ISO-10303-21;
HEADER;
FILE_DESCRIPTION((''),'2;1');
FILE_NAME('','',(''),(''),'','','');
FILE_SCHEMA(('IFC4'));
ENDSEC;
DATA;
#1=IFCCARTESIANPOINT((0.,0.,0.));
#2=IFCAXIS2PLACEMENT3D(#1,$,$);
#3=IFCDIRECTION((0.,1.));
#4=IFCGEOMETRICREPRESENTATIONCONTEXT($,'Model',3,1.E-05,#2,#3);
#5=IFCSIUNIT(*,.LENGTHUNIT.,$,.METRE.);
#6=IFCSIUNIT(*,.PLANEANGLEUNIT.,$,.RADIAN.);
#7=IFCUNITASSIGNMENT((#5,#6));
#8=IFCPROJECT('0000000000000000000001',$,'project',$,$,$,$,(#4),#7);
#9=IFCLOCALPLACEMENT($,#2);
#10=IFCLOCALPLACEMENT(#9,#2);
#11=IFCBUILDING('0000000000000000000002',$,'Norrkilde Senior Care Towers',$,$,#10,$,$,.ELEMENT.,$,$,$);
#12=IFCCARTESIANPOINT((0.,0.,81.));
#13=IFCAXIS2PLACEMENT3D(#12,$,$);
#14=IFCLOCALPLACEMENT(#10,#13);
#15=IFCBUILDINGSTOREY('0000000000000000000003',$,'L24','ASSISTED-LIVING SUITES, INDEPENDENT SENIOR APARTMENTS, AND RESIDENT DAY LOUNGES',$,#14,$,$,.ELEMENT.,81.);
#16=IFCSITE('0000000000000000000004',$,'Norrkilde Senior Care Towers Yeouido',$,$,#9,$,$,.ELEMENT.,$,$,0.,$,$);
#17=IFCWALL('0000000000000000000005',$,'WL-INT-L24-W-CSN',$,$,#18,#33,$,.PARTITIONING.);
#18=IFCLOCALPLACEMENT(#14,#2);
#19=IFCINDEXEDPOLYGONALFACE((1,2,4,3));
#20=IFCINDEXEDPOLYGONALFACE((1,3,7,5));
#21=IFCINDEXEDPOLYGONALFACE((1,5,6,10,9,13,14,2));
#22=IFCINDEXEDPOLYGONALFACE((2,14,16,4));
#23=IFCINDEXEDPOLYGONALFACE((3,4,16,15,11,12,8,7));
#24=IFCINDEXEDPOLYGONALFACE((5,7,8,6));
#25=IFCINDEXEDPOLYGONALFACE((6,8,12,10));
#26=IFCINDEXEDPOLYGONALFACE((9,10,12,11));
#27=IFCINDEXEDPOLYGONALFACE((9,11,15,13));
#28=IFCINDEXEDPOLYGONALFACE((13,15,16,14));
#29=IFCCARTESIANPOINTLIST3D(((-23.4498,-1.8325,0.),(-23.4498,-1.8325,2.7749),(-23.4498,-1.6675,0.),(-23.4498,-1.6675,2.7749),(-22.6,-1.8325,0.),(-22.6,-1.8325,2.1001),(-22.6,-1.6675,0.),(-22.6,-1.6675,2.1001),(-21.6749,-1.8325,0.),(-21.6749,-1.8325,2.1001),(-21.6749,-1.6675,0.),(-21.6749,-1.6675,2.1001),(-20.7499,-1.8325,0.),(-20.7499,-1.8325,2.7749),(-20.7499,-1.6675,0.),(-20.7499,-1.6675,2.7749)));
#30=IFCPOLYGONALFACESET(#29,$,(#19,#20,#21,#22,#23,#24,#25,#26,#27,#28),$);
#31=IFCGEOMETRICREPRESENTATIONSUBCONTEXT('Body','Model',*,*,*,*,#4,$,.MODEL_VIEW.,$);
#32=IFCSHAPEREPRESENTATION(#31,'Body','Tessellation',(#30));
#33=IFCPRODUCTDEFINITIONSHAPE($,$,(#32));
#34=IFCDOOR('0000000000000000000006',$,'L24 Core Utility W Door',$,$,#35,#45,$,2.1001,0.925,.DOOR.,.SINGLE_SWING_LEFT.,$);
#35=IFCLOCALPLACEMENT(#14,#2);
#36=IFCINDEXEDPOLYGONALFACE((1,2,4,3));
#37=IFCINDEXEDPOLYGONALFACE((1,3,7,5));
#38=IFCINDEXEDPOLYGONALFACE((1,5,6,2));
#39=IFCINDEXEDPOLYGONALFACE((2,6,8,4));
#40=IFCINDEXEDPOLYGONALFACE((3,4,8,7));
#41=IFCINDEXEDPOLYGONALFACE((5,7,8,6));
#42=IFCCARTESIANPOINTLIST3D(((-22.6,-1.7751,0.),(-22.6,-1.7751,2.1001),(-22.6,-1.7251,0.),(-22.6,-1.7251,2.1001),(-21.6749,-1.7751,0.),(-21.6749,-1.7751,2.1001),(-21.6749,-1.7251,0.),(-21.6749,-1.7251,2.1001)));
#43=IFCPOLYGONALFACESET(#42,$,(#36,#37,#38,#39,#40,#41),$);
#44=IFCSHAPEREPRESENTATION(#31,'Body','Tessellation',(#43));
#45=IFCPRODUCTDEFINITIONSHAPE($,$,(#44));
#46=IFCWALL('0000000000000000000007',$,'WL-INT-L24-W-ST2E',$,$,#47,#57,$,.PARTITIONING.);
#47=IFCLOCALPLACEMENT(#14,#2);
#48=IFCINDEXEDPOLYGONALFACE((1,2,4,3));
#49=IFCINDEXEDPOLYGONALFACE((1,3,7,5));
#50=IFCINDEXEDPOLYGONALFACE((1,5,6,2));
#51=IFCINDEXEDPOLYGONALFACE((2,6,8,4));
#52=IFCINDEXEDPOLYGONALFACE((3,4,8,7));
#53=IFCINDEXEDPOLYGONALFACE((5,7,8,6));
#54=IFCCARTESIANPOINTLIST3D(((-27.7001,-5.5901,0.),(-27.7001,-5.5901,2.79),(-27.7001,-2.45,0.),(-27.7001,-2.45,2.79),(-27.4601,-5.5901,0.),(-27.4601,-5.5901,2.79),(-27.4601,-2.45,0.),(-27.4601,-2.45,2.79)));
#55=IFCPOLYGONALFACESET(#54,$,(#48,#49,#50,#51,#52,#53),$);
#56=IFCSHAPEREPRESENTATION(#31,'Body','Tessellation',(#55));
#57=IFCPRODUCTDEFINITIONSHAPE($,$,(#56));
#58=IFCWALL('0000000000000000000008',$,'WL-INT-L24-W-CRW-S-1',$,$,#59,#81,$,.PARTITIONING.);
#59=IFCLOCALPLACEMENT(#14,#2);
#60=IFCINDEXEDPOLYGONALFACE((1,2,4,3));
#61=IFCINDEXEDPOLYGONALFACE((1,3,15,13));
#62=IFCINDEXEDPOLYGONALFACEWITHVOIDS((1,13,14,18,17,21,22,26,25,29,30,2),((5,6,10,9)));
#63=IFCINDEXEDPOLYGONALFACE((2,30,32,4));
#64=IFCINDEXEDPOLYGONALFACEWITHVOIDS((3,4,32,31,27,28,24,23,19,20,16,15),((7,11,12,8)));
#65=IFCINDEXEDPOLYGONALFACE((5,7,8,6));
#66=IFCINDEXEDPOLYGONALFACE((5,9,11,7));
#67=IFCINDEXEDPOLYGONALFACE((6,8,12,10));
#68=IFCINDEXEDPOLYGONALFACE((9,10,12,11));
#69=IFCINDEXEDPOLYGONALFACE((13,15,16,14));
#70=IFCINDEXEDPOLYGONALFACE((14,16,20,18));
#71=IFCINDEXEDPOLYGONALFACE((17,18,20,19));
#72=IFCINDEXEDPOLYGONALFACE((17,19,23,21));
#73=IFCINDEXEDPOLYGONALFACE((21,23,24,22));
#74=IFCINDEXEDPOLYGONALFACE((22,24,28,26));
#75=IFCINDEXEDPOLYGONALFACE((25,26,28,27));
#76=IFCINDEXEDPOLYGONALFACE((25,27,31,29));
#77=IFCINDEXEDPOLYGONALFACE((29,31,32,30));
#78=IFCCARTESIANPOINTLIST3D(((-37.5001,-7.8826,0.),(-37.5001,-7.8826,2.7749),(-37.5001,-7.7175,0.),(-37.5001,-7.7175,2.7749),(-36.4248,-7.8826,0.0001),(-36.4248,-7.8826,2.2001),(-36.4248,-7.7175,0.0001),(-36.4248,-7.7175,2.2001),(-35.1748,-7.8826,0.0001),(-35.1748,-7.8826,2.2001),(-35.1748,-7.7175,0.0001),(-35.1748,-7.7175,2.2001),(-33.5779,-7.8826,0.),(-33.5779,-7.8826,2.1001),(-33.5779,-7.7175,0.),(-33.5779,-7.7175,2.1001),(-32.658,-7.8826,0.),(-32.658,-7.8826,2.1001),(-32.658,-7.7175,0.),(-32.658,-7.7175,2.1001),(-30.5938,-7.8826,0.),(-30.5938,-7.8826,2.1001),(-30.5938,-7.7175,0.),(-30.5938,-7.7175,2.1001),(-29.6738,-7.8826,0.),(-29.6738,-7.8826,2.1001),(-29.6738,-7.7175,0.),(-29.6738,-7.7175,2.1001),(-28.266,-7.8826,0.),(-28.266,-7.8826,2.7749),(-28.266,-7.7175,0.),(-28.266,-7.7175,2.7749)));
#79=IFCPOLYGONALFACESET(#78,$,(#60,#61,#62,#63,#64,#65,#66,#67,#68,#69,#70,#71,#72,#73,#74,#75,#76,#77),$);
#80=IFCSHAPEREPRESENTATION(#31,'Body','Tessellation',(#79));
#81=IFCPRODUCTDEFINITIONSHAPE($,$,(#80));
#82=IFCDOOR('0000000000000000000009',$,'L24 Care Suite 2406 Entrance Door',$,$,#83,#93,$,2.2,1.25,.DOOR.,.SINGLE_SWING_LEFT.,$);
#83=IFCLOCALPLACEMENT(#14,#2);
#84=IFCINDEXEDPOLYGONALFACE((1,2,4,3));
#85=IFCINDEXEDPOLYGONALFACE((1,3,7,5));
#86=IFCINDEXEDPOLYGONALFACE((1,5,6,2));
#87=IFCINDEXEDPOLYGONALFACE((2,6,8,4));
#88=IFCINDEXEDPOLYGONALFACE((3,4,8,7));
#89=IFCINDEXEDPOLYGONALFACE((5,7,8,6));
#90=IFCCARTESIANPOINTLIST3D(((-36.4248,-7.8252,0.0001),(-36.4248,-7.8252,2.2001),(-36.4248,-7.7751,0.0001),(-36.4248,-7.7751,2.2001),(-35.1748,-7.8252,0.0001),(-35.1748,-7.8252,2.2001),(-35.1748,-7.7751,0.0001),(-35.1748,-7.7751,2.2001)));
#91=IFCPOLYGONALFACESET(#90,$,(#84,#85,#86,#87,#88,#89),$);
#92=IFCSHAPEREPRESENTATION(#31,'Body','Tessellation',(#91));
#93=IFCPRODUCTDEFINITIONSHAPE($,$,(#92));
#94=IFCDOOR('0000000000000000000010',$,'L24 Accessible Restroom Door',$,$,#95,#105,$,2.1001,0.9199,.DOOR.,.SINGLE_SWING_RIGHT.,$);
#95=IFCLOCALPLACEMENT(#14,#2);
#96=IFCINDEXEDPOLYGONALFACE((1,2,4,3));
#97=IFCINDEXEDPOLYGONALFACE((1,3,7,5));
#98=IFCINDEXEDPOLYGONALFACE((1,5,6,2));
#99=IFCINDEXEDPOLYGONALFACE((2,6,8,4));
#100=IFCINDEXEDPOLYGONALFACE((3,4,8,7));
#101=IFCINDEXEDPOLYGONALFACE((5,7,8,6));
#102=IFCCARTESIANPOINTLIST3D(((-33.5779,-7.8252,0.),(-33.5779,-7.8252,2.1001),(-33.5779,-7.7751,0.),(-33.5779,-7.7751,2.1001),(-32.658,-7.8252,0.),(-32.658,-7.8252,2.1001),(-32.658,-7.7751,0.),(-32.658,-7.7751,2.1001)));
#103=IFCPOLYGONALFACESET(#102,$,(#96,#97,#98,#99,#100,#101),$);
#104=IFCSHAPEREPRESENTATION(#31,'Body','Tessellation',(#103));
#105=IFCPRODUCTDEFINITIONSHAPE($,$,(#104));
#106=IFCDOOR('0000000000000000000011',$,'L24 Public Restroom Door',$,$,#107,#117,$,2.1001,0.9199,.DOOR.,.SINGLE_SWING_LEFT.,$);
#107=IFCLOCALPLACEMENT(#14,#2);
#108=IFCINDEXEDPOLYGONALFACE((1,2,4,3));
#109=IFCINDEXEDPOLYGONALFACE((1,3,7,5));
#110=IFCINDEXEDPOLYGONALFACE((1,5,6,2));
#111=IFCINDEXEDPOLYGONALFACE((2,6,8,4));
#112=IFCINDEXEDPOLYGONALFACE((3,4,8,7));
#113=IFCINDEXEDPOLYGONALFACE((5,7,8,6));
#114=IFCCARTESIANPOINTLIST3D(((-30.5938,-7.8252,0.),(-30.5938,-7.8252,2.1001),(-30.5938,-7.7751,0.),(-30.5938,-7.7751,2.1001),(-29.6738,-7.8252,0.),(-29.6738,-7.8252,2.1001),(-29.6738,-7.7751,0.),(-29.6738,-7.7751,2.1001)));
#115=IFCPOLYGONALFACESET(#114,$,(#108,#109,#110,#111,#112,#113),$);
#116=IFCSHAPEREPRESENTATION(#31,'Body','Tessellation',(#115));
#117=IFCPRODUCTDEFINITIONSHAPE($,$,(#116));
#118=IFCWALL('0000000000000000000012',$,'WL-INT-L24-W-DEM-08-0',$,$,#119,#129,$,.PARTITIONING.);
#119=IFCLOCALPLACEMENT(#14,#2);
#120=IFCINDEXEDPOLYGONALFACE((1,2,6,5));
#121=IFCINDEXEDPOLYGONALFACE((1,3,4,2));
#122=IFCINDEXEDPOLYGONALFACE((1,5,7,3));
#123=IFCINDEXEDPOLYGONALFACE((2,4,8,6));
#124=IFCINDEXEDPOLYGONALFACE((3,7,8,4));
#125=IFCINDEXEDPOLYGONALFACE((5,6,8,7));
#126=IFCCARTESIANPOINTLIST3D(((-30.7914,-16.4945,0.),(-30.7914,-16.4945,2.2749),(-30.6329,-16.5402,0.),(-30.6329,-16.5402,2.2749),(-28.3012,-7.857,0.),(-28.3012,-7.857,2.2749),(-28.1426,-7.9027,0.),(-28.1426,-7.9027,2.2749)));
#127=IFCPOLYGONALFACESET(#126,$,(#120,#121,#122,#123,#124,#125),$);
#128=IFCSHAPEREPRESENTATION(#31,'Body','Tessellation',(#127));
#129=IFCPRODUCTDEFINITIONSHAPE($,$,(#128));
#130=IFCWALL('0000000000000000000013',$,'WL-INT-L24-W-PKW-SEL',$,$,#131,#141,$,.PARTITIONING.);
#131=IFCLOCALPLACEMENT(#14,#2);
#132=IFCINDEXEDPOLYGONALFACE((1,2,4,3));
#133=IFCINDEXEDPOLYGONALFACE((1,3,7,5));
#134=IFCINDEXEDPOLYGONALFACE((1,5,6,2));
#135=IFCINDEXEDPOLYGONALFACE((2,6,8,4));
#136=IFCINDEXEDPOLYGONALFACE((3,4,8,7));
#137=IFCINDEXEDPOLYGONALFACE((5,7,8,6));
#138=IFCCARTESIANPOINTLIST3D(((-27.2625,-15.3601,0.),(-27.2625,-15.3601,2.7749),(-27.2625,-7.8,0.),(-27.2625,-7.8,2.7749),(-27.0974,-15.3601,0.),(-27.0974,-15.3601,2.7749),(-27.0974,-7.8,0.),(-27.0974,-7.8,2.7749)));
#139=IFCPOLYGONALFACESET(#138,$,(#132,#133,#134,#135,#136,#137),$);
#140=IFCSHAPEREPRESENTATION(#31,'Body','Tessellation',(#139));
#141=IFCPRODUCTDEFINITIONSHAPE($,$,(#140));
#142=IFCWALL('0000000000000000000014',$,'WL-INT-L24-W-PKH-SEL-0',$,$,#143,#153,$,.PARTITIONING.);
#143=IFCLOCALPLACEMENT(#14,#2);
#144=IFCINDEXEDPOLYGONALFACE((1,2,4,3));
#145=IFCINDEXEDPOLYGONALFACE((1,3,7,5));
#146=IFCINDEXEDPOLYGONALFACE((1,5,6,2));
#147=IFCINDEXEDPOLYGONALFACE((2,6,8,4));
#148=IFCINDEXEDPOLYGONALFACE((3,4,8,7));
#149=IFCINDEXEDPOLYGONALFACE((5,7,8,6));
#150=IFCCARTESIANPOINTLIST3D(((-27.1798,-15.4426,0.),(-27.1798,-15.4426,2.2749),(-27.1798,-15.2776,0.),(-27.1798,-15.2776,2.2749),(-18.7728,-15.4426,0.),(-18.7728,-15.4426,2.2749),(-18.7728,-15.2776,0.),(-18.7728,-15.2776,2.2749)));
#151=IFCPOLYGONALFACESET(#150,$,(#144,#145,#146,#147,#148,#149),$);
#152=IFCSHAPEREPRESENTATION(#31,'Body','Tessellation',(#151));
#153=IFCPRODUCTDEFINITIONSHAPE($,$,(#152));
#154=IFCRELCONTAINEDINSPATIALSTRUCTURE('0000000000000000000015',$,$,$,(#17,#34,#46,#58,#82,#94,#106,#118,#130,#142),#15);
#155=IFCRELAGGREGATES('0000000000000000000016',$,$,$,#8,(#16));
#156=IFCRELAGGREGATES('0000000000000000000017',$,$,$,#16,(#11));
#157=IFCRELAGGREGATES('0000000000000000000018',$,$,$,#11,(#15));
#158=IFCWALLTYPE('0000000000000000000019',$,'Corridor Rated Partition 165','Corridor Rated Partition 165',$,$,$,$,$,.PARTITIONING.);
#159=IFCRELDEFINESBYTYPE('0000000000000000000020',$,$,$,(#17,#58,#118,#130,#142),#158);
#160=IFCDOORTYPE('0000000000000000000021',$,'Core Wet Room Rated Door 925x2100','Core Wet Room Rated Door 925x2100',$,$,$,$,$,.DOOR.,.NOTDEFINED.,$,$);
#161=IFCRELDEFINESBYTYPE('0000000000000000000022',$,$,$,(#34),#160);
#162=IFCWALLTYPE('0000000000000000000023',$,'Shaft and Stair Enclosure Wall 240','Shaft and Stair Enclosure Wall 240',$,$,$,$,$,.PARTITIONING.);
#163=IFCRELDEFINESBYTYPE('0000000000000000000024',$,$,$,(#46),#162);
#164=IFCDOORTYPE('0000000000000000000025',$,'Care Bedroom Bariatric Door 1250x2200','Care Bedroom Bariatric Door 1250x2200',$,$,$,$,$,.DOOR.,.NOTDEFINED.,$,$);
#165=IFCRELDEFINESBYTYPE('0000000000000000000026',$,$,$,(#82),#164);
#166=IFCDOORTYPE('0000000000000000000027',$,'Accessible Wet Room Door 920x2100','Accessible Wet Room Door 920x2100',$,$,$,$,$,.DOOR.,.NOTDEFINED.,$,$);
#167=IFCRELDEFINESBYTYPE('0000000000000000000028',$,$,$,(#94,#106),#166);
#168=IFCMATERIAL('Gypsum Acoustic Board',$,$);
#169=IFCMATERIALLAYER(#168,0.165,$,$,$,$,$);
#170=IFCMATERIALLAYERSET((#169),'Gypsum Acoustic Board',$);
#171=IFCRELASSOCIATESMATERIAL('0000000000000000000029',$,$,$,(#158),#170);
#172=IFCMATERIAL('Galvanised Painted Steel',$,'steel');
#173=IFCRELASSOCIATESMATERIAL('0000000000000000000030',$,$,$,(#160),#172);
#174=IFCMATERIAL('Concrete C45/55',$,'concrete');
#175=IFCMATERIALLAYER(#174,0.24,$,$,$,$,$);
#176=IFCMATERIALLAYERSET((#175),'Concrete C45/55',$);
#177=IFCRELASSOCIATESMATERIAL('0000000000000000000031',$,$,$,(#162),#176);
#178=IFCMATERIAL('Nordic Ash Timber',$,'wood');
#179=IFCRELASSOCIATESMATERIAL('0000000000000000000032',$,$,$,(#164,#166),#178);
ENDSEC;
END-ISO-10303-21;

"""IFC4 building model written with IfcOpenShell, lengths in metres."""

from ifc_helpers import new_model, si_unit, direction, frame, frame_2d, origin, place, context, subcontext, project, spatial, rectangle, extrude, source, transform, mapped, material, layer, layer_set, type_object, type_shapes, element, fill, save


model = new_model("IFC4")

# Units and contexts
model_context = context("Model", 3, precision=1e-05, world=origin(), true_north=direction((0.0, 1.0)))
body_context = subcontext(model_context, "Body", "Model", "MODEL_VIEW")
ifc_project = project(units=[si_unit("LENGTHUNIT", "METRE"), si_unit("PLANEANGLEUNIT", "RADIAN")], contexts=[model_context])

# Site, building, storey
site_placement = place(None, origin())
site = spatial("IfcSite", under=ifc_project, at=site_placement, Name="Norrkilde Senior Care Towers Yeouido", CompositionType="ELEMENT", RefElevation=0.0)
building_placement = place(site_placement, origin())
building = spatial("IfcBuilding", under=site, at=building_placement, Name="Norrkilde Senior Care Towers", CompositionType="ELEMENT")
storey_placement = place(building_placement, frame((0.0, 0.0, 81.0)))
storey = spatial("IfcBuildingStorey", under=building, at=storey_placement, Name="L24", Description="ASSISTED-LIVING SUITES, INDEPENDENT SENIOR APARTMENTS, AND RESIDENT DAY LOUNGES", CompositionType="ELEMENT", Elevation=81.0)

# Shared definitions
ifc_material_1 = material(Name="Concrete C45/55", Category="concrete")

# Wall, opening, door
ifc_material_2 = material(Name="Gypsum Acoustic Board")
ifc_layer_1 = layer(ifc_material_2, 0.165)
ifc_layer_set_1 = layer_set([ifc_layer_1], Name="Gypsum Acoustic Board")
wall_type_1 = type_object("IfcWallType", Name="Corridor Rated Partition 165", Description="Corridor Rated Partition 165", PredefinedType="PARTITIONING", material=ifc_layer_set_1)
shared_shape_1 = source(origin(), body_context, "Body", "SweptSolid", [
    extrude(rectangle(XDim=2.7, YDim=0.165, at=frame_2d((1.3501, 0.0))), origin(), (0.0, 0.0, 1.0), 2.7749),
])
wall_1_placement = place(storey_placement, frame((-23.45, -1.75, 0.0), z_axis=(0.0, 0.0, 1.0), x_axis=(1.0, 0.0, 0.0)))
wall_1 = element("IfcWall", 1, at=wall_1_placement, inside=storey, type_object=wall_type_1, Name="WL-INT-L24-W-CSN", PredefinedType="PARTITIONING", context=body_context, shape_type="MappedRepresentation", body=[
    mapped(shared_shape_1, transform((0.0, 0.0, 0.0), x_axis=(1.0, 0.0, 0.0), y_axis=(0.0, 1.0, 0.0), z_axis=(0.0, 0.0, 1.0), scale=1.0)),
])
opening_1_placement = place(wall_1_placement, frame((0.8501, 0.0, 0.0)))
opening_1 = element("IfcOpeningElement", 2, at=opening_1_placement, cuts=wall_1, PredefinedType="OPENING", context=body_context, shape_type="SweptSolid", body=[
    extrude(rectangle(XDim=0.925, YDim=2.1001, at=frame_2d((0.4624, 1.05))), frame((0.0, 0.0925, 0.0), z_axis=(0.0, -1.0, 0.0), x_axis=(1.0, 0.0, 0.0)), (0.0, 0.0, 1.0), 0.1851),
])
ifc_material_3 = material(Name="Galvanised Painted Steel", Category="steel")
door_type_1 = type_object("IfcDoorType", Name="Core Wet Room Rated Door 925x2100", Description="Core Wet Room Rated Door 925x2100", OperationType="NOTDEFINED", PredefinedType="DOOR", material=ifc_material_3)
shared_shape_2 = source(origin(), body_context, "Body", "SweptSolid", [
    extrude(rectangle(XDim=0.925, YDim=2.1001, at=frame_2d((0.4624, 1.05))), frame((0.0, 0.0249, 0.0), z_axis=(0.0, -1.0, 0.0), x_axis=(1.0, 0.0, 0.0)), (0.0, 0.0, 1.0), 0.05),
])
type_shapes(door_type_1, [shared_shape_2])
door_1_placement = place(opening_1_placement, origin())
door_1 = element("IfcDoor", 3, at=door_1_placement, inside=storey, type_object=door_type_1, Name="L24 Core Utility W Door", OperationType="SINGLE_SWING_LEFT", OverallHeight=2.1001, OverallWidth=0.925, PredefinedType="DOOR", context=body_context, shape_type="MappedRepresentation", body=[
    mapped(shared_shape_2, transform((0.0, 0.0, 0.0), x_axis=(1.0, 0.0, 0.0), y_axis=(0.0, 1.0, 0.0), z_axis=(0.0, 0.0, 1.0), scale=1.0)),
])
fill(opening_1, door_1)

# Wall
ifc_layer_2 = layer(ifc_material_1, 0.24)
ifc_layer_set_2 = layer_set([ifc_layer_2], Name="Concrete C45/55")
wall_type_2 = type_object("IfcWallType", Name="Shaft and Stair Enclosure Wall 240", Description="Shaft and Stair Enclosure Wall 240", PredefinedType="PARTITIONING", material=ifc_layer_set_2)
shared_shape_3 = source(origin(), body_context, "Body", "SweptSolid", [
    extrude(rectangle(XDim=3.1401, YDim=0.24, at=frame_2d((1.5701, 0.0))), origin(), (0.0, 0.0, 1.0), 2.79),
])
type_shapes(wall_type_2, [shared_shape_3])
wall_2_placement = place(storey_placement, frame((-27.5801, -5.5901, 0.0), z_axis=(0.0, 0.0, 1.0), x_axis=(0.0, 1.0, 0.0)))
element("IfcWall", 4, at=wall_2_placement, inside=storey, type_object=wall_type_2, Name="WL-INT-L24-W-ST2E", PredefinedType="PARTITIONING", context=body_context, shape_type="MappedRepresentation", body=[
    mapped(shared_shape_3, transform((0.0, 0.0, 0.0), x_axis=(1.0, 0.0, 0.0), y_axis=(0.0, 1.0, 0.0), z_axis=(0.0, 0.0, 1.0), scale=1.0)),
])

# Wall, openings, doors
shared_shape_4 = source(origin(), body_context, "Body", "SweptSolid", [
    extrude(rectangle(XDim=9.2341, YDim=0.165, at=frame_2d((4.6172, 0.0))), origin(), (0.0, 0.0, 1.0), 2.7749),
])
wall_3_placement = place(storey_placement, frame((-28.2659, -7.8, 0.0), z_axis=(0.0, 0.0, 1.0), x_axis=(-1.0, 0.0, 0.0)))
wall_3 = element("IfcWall", 5, at=wall_3_placement, inside=storey, type_object=wall_type_1, Name="WL-INT-L24-W-CRW-S-1", PredefinedType="PARTITIONING", context=body_context, shape_type="MappedRepresentation", body=[
    mapped(shared_shape_4, transform((0.0, 0.0, 0.0), x_axis=(1.0, 0.0, 0.0), y_axis=(0.0, 1.0, 0.0), z_axis=(0.0, 0.0, 1.0), scale=1.0)),
])
opening_2_placement = place(wall_3_placement, frame((6.9089, 0.0, 0.0)))
opening_2 = element("IfcOpeningElement", 6, at=opening_2_placement, cuts=wall_3, PredefinedType="OPENING", context=body_context, shape_type="SweptSolid", body=[
    extrude(rectangle(XDim=1.25, YDim=2.2, at=frame_2d((0.625, 1.1001))), frame((0.0, 0.0925, 0.0), z_axis=(0.0, -1.0, 0.0), x_axis=(1.0, 0.0, 0.0)), (0.0, 0.0, 1.0), 0.1851),
])
opening_3_placement = place(wall_3_placement, frame((4.3921, 0.0, 0.0)))
opening_3 = element("IfcOpeningElement", 7, at=opening_3_placement, cuts=wall_3, PredefinedType="OPENING", context=body_context, shape_type="SweptSolid", body=[
    extrude(rectangle(XDim=0.9199, YDim=2.1001, at=frame_2d((0.46, 1.05))), frame((0.0, 0.0925, 0.0), z_axis=(0.0, -1.0, 0.0), x_axis=(1.0, 0.0, 0.0)), (0.0, 0.0, 1.0), 0.1851),
])
opening_4_placement = place(wall_3_placement, frame((1.408, 0.0, 0.0)))
opening_4 = element("IfcOpeningElement", 8, at=opening_4_placement, cuts=wall_3, PredefinedType="OPENING", context=body_context, shape_type="SweptSolid", body=[
    extrude(rectangle(XDim=0.9199, YDim=2.1001, at=frame_2d((0.46, 1.05))), frame((0.0, 0.0925, 0.0), z_axis=(0.0, -1.0, 0.0), x_axis=(1.0, 0.0, 0.0)), (0.0, 0.0, 1.0), 0.1851),
])
ifc_material_4 = material(Name="Nordic Ash Timber", Category="wood")
door_type_2 = type_object("IfcDoorType", Name="Care Bedroom Bariatric Door 1250x2200", Description="Care Bedroom Bariatric Door 1250x2200", OperationType="NOTDEFINED", PredefinedType="DOOR", material=ifc_material_4)
shared_shape_5 = source(origin(), body_context, "Body", "SweptSolid", [
    extrude(rectangle(XDim=1.25, YDim=2.2, at=frame_2d((0.625, 1.1001))), frame((0.0, 0.0249, 0.0), z_axis=(0.0, -1.0, 0.0), x_axis=(1.0, 0.0, 0.0)), (0.0, 0.0, 1.0), 0.05),
])
type_shapes(door_type_2, [shared_shape_5])
door_2_placement = place(opening_2_placement, frame((1.25, 0.0, 0.0), z_axis=(0.0, 0.0, 1.0), x_axis=(-1.0, 0.0, 0.0)))
door_2 = element("IfcDoor", 9, at=door_2_placement, inside=storey, type_object=door_type_2, Name="L24 Care Suite 2406 Entrance Door", OperationType="SINGLE_SWING_LEFT", OverallHeight=2.2, OverallWidth=1.25, PredefinedType="DOOR", context=body_context, shape_type="MappedRepresentation", body=[
    mapped(shared_shape_5, transform((0.0, 0.0, 0.0), x_axis=(1.0, 0.0, 0.0), y_axis=(0.0, 1.0, 0.0), z_axis=(0.0, 0.0, 1.0), scale=1.0)),
])
fill(opening_2, door_2)
door_type_3 = type_object("IfcDoorType", Name="Accessible Wet Room Door 920x2100", Description="Accessible Wet Room Door 920x2100", OperationType="NOTDEFINED", PredefinedType="DOOR", material=ifc_material_4)
shared_shape_6 = source(origin(), body_context, "Body", "SweptSolid", [
    extrude(rectangle(XDim=0.9199, YDim=2.1001, at=frame_2d((0.46, 1.05))), frame((0.0, 0.0249, 0.0), z_axis=(0.0, -1.0, 0.0), x_axis=(1.0, 0.0, 0.0)), (0.0, 0.0, 1.0), 0.05),
])
type_shapes(door_type_3, [shared_shape_6])
door_3_placement = place(opening_3_placement, frame((0.9199, 0.0, 0.0), z_axis=(0.0, 0.0, 1.0), x_axis=(-1.0, 0.0, 0.0)))
door_3 = element("IfcDoor", 10, at=door_3_placement, inside=storey, type_object=door_type_3, Name="L24 Accessible Restroom Door", OperationType="SINGLE_SWING_RIGHT", OverallHeight=2.1001, OverallWidth=0.9199, PredefinedType="DOOR", context=body_context, shape_type="MappedRepresentation", body=[
    mapped(shared_shape_6, transform((0.0, 0.0, 0.0), x_axis=(1.0, 0.0, 0.0), y_axis=(0.0, 1.0, 0.0), z_axis=(0.0, 0.0, 1.0), scale=1.0)),
])
fill(opening_3, door_3)
door_4_placement = place(opening_4_placement, frame((0.9199, 0.0, 0.0), z_axis=(0.0, 0.0, 1.0), x_axis=(-1.0, 0.0, 0.0)))
door_4 = element("IfcDoor", 11, at=door_4_placement, inside=storey, type_object=door_type_3, Name="L24 Public Restroom Door", OperationType="SINGLE_SWING_LEFT", OverallHeight=2.1001, OverallWidth=0.9199, PredefinedType="DOOR", context=body_context, shape_type="MappedRepresentation", body=[
    mapped(shared_shape_6, transform((0.0, 0.0, 0.0), x_axis=(1.0, 0.0, 0.0), y_axis=(0.0, 1.0, 0.0), z_axis=(0.0, 0.0, 1.0), scale=1.0)),
])
fill(opening_4, door_4)

# Walls
shared_shape_7 = source(origin(), body_context, "Body", "SweptSolid", [
    extrude(rectangle(XDim=8.9893, YDim=0.165, at=frame_2d((4.4946, 0.0))), origin(), (0.0, 0.0, 1.0), 2.2749),
])
wall_4_placement = place(storey_placement, frame((-28.2219, -7.8799, 0.0), z_axis=(0.0, 0.0, 1.0), x_axis=(-0.277023, -0.960863, 0.0)))
element("IfcWall", 12, at=wall_4_placement, inside=storey, type_object=wall_type_1, Name="WL-INT-L24-W-DEM-08-0", PredefinedType="PARTITIONING", context=body_context, shape_type="MappedRepresentation", body=[
    mapped(shared_shape_7, transform((0.0, 0.0, 0.0), x_axis=(1.0, 0.0, 0.0), y_axis=(0.0, 1.0, 0.0), z_axis=(0.0, 0.0, 1.0), scale=1.0)),
])
shared_shape_8 = source(origin(), body_context, "Body", "SweptSolid", [
    extrude(rectangle(XDim=7.5601, YDim=0.165, at=frame_2d((3.78, 0.0))), origin(), (0.0, 0.0, 1.0), 2.7749),
])
wall_5_placement = place(storey_placement, frame((-27.1799, -15.3601, 0.0), z_axis=(0.0, 0.0, 1.0), x_axis=(0.0, 1.0, 0.0)))
element("IfcWall", 13, at=wall_5_placement, inside=storey, type_object=wall_type_1, Name="WL-INT-L24-W-PKW-SEL", PredefinedType="PARTITIONING", context=body_context, shape_type="MappedRepresentation", body=[
    mapped(shared_shape_8, transform((0.0, 0.0, 0.0), x_axis=(1.0, 0.0, 0.0), y_axis=(0.0, 1.0, 0.0), z_axis=(0.0, 0.0, 1.0), scale=1.0)),
])
shared_shape_9 = source(origin(), body_context, "Body", "SweptSolid", [
    extrude(rectangle(XDim=8.407, YDim=0.165, at=frame_2d((4.2036, 0.0))), origin(), (0.0, 0.0, 1.0), 2.2749),
])
type_shapes(wall_type_1, [shared_shape_1, shared_shape_4, shared_shape_7, shared_shape_8, shared_shape_9])
wall_6_placement = place(storey_placement, frame((-27.1799, -15.3601, 0.0), z_axis=(0.0, 0.0, 1.0), x_axis=(1.0, 0.0, 0.0)))
element("IfcWall", 14, at=wall_6_placement, inside=storey, type_object=wall_type_1, Name="WL-INT-L24-W-PKH-SEL-0", PredefinedType="PARTITIONING", context=body_context, shape_type="MappedRepresentation", body=[
    mapped(shared_shape_9, transform((0.0, 0.0, 0.0), x_axis=(1.0, 0.0, 0.0), y_axis=(0.0, 1.0, 0.0), z_axis=(0.0, 0.0, 1.0), scale=1.0)),
])

save(model, "model.ifc")
